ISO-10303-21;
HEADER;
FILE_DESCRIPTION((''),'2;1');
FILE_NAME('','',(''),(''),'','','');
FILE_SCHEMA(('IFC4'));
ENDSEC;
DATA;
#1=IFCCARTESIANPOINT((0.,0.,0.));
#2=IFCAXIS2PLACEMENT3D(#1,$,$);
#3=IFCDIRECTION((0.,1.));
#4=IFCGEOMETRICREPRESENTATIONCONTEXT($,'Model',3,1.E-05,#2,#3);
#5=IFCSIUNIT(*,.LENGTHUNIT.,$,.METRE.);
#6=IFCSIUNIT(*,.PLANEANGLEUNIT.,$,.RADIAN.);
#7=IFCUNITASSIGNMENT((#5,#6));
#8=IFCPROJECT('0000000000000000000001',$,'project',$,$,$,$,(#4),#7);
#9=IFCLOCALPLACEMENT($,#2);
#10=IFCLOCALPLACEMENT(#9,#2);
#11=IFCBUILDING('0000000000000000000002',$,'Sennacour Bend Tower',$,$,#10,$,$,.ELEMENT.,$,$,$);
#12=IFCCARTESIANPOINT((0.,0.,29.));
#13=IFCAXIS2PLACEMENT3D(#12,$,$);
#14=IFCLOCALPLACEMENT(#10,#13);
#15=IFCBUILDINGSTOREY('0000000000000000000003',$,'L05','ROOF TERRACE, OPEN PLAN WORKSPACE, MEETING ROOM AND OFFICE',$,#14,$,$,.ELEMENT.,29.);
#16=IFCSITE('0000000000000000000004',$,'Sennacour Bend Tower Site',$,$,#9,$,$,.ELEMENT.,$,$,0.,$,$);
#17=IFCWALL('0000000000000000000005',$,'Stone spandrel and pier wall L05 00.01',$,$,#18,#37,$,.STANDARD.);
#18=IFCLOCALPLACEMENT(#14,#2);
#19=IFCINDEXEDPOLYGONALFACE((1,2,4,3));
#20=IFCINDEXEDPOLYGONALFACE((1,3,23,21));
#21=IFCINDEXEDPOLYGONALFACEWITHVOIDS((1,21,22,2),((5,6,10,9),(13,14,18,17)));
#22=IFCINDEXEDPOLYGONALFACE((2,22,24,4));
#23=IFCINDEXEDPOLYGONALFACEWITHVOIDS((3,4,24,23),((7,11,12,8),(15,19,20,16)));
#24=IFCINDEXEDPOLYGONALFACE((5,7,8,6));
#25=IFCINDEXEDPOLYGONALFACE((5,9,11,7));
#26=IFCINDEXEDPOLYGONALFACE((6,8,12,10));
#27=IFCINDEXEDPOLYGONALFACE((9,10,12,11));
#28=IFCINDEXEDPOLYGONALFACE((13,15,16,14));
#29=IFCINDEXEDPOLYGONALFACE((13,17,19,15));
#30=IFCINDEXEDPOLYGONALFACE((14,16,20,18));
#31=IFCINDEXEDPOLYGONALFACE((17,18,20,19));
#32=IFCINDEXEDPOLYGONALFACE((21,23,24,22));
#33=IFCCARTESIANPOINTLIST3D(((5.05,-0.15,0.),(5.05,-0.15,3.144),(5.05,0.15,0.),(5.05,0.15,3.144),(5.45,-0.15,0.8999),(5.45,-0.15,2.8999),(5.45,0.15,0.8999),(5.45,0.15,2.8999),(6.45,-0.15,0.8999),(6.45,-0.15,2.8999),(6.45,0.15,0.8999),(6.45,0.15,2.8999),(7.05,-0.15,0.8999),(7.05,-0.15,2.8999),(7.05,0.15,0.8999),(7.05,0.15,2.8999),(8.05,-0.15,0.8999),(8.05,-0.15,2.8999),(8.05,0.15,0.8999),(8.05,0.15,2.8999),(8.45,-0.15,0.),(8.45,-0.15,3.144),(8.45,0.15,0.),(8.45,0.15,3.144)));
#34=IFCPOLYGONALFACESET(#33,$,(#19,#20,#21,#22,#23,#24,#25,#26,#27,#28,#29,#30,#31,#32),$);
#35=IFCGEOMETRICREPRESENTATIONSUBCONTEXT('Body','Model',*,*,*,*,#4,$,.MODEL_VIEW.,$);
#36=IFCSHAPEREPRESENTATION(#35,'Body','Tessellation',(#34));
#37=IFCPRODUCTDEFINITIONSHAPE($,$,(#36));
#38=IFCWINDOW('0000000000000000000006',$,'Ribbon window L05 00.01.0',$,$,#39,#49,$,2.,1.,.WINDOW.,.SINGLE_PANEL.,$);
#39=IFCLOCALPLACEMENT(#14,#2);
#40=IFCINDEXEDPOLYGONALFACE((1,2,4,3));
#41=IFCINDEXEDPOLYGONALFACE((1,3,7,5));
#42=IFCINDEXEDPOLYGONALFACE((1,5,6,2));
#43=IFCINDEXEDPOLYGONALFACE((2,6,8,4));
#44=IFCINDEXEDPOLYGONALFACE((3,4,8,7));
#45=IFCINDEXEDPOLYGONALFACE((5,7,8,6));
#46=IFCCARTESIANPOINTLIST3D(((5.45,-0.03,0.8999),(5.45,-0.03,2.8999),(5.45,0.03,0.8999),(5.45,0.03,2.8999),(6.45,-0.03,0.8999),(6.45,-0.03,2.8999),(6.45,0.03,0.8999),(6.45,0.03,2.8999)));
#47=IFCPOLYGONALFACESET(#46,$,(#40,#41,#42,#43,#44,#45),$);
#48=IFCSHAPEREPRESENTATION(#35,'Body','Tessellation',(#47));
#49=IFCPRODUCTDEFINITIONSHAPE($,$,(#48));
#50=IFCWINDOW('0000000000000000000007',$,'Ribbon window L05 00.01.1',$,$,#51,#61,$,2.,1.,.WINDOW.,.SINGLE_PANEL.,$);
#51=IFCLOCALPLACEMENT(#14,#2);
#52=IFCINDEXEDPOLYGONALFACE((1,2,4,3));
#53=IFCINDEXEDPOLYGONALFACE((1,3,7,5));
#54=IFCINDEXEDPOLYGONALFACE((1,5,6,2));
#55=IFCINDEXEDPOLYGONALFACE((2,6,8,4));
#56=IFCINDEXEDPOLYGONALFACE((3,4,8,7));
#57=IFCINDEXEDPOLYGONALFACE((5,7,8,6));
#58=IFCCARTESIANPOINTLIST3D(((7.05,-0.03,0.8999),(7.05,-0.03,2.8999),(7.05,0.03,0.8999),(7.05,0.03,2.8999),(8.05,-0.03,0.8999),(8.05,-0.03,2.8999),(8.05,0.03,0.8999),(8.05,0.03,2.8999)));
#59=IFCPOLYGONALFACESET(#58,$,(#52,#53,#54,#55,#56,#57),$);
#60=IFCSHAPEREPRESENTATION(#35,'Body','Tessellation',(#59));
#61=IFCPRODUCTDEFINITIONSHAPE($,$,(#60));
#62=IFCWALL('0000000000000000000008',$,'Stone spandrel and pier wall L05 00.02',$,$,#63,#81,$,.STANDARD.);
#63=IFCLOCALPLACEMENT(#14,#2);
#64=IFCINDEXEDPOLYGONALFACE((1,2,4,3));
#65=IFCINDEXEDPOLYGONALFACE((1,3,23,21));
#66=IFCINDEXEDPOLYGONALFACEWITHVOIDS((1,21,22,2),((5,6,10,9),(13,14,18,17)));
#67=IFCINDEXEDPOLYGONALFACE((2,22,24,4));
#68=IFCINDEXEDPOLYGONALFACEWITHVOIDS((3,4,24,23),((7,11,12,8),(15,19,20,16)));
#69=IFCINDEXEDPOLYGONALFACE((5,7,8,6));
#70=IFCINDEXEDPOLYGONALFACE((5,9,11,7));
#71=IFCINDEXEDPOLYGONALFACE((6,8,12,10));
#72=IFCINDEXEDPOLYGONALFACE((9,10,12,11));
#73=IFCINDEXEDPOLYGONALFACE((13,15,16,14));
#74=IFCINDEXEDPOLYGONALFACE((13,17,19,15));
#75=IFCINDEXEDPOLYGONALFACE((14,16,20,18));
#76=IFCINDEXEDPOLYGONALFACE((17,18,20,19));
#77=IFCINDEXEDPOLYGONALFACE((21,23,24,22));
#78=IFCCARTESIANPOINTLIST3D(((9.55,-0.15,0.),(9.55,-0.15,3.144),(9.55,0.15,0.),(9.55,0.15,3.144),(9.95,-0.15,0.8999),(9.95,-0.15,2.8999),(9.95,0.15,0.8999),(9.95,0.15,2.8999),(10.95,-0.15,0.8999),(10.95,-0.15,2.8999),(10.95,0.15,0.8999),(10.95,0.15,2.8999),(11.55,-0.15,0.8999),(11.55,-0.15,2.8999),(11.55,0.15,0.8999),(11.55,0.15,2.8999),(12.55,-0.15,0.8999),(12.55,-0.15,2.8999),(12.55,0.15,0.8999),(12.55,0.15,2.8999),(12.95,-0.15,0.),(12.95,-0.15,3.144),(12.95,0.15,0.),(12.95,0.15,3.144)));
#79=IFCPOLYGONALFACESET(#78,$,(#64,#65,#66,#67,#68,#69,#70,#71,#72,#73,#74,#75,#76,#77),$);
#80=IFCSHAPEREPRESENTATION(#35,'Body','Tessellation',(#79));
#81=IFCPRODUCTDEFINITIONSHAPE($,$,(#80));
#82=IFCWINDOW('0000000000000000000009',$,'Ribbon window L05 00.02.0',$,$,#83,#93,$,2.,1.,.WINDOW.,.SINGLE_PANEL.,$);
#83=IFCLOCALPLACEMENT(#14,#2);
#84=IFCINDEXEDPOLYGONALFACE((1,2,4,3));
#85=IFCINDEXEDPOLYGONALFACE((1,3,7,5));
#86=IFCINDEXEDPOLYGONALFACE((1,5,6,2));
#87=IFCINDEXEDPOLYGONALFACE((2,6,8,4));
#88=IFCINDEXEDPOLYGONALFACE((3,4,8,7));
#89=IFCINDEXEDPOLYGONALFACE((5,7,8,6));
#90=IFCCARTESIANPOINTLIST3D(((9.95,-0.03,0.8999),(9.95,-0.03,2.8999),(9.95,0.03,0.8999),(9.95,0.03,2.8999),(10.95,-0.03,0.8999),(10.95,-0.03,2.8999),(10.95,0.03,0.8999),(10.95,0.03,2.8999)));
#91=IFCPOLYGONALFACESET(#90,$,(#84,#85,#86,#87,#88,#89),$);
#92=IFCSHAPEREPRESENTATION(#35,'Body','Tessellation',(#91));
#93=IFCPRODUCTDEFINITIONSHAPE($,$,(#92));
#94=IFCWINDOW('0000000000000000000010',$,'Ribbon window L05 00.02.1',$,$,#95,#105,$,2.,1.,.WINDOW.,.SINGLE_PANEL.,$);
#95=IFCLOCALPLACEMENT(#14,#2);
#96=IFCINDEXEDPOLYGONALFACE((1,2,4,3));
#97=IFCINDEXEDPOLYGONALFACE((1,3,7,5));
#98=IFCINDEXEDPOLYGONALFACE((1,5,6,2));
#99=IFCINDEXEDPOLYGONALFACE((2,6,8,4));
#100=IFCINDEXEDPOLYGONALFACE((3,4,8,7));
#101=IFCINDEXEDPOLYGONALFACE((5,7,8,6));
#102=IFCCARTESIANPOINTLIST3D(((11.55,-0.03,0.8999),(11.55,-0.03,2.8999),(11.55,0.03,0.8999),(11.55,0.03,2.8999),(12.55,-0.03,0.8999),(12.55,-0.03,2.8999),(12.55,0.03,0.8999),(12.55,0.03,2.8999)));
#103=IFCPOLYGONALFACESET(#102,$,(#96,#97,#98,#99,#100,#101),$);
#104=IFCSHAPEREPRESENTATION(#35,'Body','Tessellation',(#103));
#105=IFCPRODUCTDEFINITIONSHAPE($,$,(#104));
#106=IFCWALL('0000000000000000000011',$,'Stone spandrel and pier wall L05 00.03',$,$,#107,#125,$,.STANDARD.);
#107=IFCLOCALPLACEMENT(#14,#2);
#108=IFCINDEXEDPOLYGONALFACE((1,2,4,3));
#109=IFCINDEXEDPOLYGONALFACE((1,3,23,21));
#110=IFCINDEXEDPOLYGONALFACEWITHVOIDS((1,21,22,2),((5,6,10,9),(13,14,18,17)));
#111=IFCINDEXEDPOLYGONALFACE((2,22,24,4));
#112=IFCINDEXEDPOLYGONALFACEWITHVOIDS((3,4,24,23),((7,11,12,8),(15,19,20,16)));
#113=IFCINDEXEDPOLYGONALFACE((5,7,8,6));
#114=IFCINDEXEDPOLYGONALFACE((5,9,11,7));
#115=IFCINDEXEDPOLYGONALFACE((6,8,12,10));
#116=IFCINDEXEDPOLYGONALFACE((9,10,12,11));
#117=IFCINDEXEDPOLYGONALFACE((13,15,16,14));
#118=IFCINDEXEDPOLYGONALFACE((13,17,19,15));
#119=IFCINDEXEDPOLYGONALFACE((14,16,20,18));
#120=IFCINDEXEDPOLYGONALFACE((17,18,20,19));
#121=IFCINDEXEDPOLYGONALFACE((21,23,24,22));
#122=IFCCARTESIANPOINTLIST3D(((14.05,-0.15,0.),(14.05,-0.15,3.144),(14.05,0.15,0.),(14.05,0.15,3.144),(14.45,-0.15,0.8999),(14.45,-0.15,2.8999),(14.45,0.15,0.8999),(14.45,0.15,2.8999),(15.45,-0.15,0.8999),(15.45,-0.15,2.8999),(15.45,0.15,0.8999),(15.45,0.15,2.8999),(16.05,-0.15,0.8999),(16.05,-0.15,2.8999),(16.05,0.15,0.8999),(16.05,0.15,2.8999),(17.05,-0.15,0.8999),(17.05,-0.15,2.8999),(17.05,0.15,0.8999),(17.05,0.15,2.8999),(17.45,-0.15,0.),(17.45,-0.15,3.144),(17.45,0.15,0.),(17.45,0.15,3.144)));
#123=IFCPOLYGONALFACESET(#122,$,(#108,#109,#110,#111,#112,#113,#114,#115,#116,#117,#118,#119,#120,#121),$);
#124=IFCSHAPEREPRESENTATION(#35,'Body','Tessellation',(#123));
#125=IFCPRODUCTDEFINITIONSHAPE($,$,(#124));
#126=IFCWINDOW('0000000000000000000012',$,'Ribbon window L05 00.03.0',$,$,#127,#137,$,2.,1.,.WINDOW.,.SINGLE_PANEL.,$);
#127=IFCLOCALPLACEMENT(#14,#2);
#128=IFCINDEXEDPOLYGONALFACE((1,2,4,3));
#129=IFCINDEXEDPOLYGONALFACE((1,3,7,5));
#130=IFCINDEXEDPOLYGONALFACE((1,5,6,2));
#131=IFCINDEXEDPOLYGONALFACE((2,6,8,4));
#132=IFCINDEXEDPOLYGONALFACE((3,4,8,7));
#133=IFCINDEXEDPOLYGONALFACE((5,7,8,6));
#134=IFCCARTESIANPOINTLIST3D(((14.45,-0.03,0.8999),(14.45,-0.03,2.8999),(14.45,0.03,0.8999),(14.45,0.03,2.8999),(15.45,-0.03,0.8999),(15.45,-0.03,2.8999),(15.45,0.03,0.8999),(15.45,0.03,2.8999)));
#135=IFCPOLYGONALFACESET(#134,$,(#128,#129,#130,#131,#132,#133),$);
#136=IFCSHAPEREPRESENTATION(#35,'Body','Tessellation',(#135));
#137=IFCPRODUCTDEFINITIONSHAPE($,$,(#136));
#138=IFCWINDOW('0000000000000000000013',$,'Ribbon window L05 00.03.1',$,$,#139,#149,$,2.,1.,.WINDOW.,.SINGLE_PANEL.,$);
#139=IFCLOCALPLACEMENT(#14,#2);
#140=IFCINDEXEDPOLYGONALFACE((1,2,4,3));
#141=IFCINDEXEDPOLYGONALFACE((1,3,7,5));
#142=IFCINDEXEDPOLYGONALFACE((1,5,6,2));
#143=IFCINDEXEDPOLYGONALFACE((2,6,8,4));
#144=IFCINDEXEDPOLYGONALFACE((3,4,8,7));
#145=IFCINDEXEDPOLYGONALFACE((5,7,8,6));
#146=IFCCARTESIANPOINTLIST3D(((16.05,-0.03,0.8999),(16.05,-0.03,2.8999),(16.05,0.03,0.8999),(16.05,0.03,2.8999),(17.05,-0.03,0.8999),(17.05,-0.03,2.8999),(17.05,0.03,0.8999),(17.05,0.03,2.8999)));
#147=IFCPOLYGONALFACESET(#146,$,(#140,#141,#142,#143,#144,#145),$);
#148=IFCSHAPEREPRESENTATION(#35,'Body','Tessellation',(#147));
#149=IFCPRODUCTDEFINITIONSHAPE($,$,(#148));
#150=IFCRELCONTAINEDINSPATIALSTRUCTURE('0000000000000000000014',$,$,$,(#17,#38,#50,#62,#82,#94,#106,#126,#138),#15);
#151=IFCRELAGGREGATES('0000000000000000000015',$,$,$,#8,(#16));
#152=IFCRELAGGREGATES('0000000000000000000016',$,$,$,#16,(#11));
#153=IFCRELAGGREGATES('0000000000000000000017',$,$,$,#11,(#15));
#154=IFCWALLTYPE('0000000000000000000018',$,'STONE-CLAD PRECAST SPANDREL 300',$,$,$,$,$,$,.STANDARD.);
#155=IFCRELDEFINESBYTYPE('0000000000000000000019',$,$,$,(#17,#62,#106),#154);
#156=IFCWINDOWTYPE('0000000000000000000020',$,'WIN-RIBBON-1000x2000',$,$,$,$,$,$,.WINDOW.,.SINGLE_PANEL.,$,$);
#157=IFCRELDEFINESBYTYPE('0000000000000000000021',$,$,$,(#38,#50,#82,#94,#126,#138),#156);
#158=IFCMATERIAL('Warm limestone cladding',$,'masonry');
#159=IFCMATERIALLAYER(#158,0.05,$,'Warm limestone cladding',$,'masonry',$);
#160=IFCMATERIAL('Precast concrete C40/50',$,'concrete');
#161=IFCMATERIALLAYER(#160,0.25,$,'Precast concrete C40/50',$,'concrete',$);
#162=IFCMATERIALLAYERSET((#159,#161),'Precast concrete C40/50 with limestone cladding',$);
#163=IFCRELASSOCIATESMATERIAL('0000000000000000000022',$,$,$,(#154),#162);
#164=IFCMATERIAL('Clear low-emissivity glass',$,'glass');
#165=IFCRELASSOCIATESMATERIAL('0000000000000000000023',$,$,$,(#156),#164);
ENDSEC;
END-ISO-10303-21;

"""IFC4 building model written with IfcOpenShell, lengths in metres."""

from ifc_helpers import new_model, si_unit, direction, frame, frame_2d, origin, place, context, subcontext, project, spatial, rectangle, extrude, material, layer, layer_set, type_object, element, fill, save


model = new_model("IFC4")

# Units and contexts
model_context = context("Model", 3, precision=1e-05, world=origin(), true_north=direction((0.0, 1.0)))
body_context = subcontext(model_context, "Body", "Model", "MODEL_VIEW")
ifc_project = project(units=[si_unit("LENGTHUNIT", "METRE"), si_unit("PLANEANGLEUNIT", "RADIAN")], contexts=[model_context])

# Site, building, storey
site_placement = place(None, origin())
site = spatial("IfcSite", under=ifc_project, at=site_placement, Name="Sennacour Bend Tower Site", CompositionType="ELEMENT", RefElevation=0.0)
building_placement = place(site_placement, origin())
building = spatial("IfcBuilding", under=site, at=building_placement, Name="Sennacour Bend Tower", CompositionType="ELEMENT")
storey_placement = place(building_placement, frame((0.0, 0.0, 29.0)))
storey = spatial("IfcBuildingStorey", under=building, at=storey_placement, Name="L05", Description="ROOF TERRACE, OPEN PLAN WORKSPACE, MEETING ROOM AND OFFICE", CompositionType="ELEMENT", Elevation=29.0)

# Walls, openings, windows
ifc_material_1 = material(Name="Warm limestone cladding", Category="masonry")
ifc_layer_1 = layer(ifc_material_1, 0.05, Name="Warm limestone cladding", Category="masonry")
ifc_material_2 = material(Name="Precast concrete C40/50", Category="concrete")
ifc_layer_2 = layer(ifc_material_2, 0.25, Name="Precast concrete C40/50", Category="concrete")
ifc_layer_set_1 = layer_set([ifc_layer_1, ifc_layer_2], Name="Precast concrete C40/50 with limestone cladding")
wall_type_1 = type_object("IfcWallType", Name="STONE-CLAD PRECAST SPANDREL 300", PredefinedType="STANDARD", material=ifc_layer_set_1)
wall_1_placement = place(storey_placement, frame((5.05, 0.0, 0.0), z_axis=(0.0, 0.0, 1.0), x_axis=(1.0, 0.0, 0.0)))
wall_1 = element("IfcWall", 1, at=wall_1_placement, inside=storey, type_object=wall_type_1, Name="Stone spandrel and pier wall L05 00.01", PredefinedType="STANDARD", context=body_context, shape_type="SweptSolid", body=[
    extrude(rectangle(XDim=3.3999, YDim=0.3, at=frame_2d((1.7, 0.0))), origin(), (0.0, 0.0, 1.0), 3.144),
])
opening_1_placement = place(wall_1_placement, frame((0.3999, 0.0, 0.8999)))
opening_1 = element("IfcOpeningElement", 2, at=opening_1_placement, cuts=wall_1, PredefinedType="OPENING", context=body_context, shape_type="SweptSolid", body=[
    extrude(rectangle(XDim=1.0, YDim=2.0, at=frame_2d((0.5, 1.0))), frame((0.0, 0.1602, 0.0), z_axis=(0.0, -1.0, 0.0), x_axis=(1.0, 0.0, 0.0)), (0.0, 0.0, 1.0), 0.3201),
])
opening_2_placement = place(wall_1_placement, frame((2.0, 0.0, 0.8999)))
opening_2 = element("IfcOpeningElement", 3, at=opening_2_placement, cuts=wall_1, PredefinedType="OPENING", context=body_context, shape_type="SweptSolid", body=[
    extrude(rectangle(XDim=1.0, YDim=2.0, at=frame_2d((0.5, 1.0))), frame((0.0, 0.1602, 0.0), z_axis=(0.0, -1.0, 0.0), x_axis=(1.0, 0.0, 0.0)), (0.0, 0.0, 1.0), 0.3201),
])
ifc_material_3 = material(Name="Clear low-emissivity glass", Category="glass")
window_type = type_object("IfcWindowType", Name="WIN-RIBBON-1000x2000", PartitioningType="SINGLE_PANEL", PredefinedType="WINDOW", material=ifc_material_3)
window_1_placement = place(opening_1_placement, origin())
window_1 = element("IfcWindow", 4, at=window_1_placement, inside=storey, type_object=window_type, Name="Ribbon window L05 00.01.0", OverallHeight=2.0, OverallWidth=1.0, PartitioningType="SINGLE_PANEL", PredefinedType="WINDOW", context=body_context, shape_type="SweptSolid", body=[
    extrude(rectangle(XDim=1.0, YDim=2.0, at=frame_2d((0.5, 1.0))), frame((0.0, 0.03, 0.0), z_axis=(0.0, -1.0, 0.0), x_axis=(1.0, 0.0, 0.0)), (0.0, 0.0, 1.0), 0.0601),
])
fill(opening_1, window_1)
window_2_placement = place(opening_2_placement, origin())
window_2 = element("IfcWindow", 5, at=window_2_placement, inside=storey, type_object=window_type, Name="Ribbon window L05 00.01.1", OverallHeight=2.0, OverallWidth=1.0, PartitioningType="SINGLE_PANEL", PredefinedType="WINDOW", context=body_context, shape_type="SweptSolid", body=[
    extrude(rectangle(XDim=1.0, YDim=2.0, at=frame_2d((0.5, 1.0))), frame((0.0, 0.03, 0.0), z_axis=(0.0, -1.0, 0.0), x_axis=(1.0, 0.0, 0.0)), (0.0, 0.0, 1.0), 0.0601),
])
fill(opening_2, window_2)
wall_2_placement = place(storey_placement, frame((9.55, 0.0, 0.0), z_axis=(0.0, 0.0, 1.0), x_axis=(1.0, 0.0, 0.0)))
wall_2 = element("IfcWall", 6, at=wall_2_placement, inside=storey, type_object=wall_type_1, Name="Stone spandrel and pier wall L05 00.02", PredefinedType="STANDARD", context=body_context, shape_type="SweptSolid", body=[
    extrude(rectangle(XDim=3.3999, YDim=0.3, at=frame_2d((1.7, 0.0))), origin(), (0.0, 0.0, 1.0), 3.144),
])
opening_3_placement = place(wall_2_placement, frame((0.3999, 0.0, 0.8999)))
opening_3 = element("IfcOpeningElement", 7, at=opening_3_placement, cuts=wall_2, PredefinedType="OPENING", context=body_context, shape_type="SweptSolid", body=[
    extrude(rectangle(XDim=1.0, YDim=2.0, at=frame_2d((0.5, 1.0))), frame((0.0, 0.1602, 0.0), z_axis=(0.0, -1.0, 0.0), x_axis=(1.0, 0.0, 0.0)), (0.0, 0.0, 1.0), 0.3201),
])
opening_4_placement = place(wall_2_placement, frame((2.0, 0.0, 0.8999)))
opening_4 = element("IfcOpeningElement", 8, at=opening_4_placement, cuts=wall_2, PredefinedType="OPENING", context=body_context, shape_type="SweptSolid", body=[
    extrude(rectangle(XDim=1.0, YDim=2.0, at=frame_2d((0.5, 1.0))), frame((0.0, 0.1602, 0.0), z_axis=(0.0, -1.0, 0.0), x_axis=(1.0, 0.0, 0.0)), (0.0, 0.0, 1.0), 0.3201),
])
window_3_placement = place(opening_3_placement, origin())
window_3 = element("IfcWindow", 9, at=window_3_placement, inside=storey, type_object=window_type, Name="Ribbon window L05 00.02.0", OverallHeight=2.0, OverallWidth=1.0, PartitioningType="SINGLE_PANEL", PredefinedType="WINDOW", context=body_context, shape_type="SweptSolid", body=[
    extrude(rectangle(XDim=1.0, YDim=2.0, at=frame_2d((0.5, 1.0))), frame((0.0, 0.03, 0.0), z_axis=(0.0, -1.0, 0.0), x_axis=(1.0, 0.0, 0.0)), (0.0, 0.0, 1.0), 0.0601),
])
fill(opening_3, window_3)
window_4_placement = place(opening_4_placement, origin())
window_4 = element("IfcWindow", 10, at=window_4_placement, inside=storey, type_object=window_type, Name="Ribbon window L05 00.02.1", OverallHeight=2.0, OverallWidth=1.0, PartitioningType="SINGLE_PANEL", PredefinedType="WINDOW", context=body_context, shape_type="SweptSolid", body=[
    extrude(rectangle(XDim=1.0, YDim=2.0, at=frame_2d((0.5, 1.0))), frame((0.0, 0.03, 0.0), z_axis=(0.0, -1.0, 0.0), x_axis=(1.0, 0.0, 0.0)), (0.0, 0.0, 1.0), 0.0601),
])
fill(opening_4, window_4)
wall_3_placement = place(storey_placement, frame((14.05, 0.0, 0.0), z_axis=(0.0, 0.0, 1.0), x_axis=(1.0, 0.0, 0.0)))
wall_3 = element("IfcWall", 11, at=wall_3_placement, inside=storey, type_object=wall_type_1, Name="Stone spandrel and pier wall L05 00.03", PredefinedType="STANDARD", context=body_context, shape_type="SweptSolid", body=[
    extrude(rectangle(XDim=3.3999, YDim=0.3, at=frame_2d((1.7, 0.0))), origin(), (0.0, 0.0, 1.0), 3.144),
])
opening_5_placement = place(wall_3_placement, frame((0.3999, 0.0, 0.8999)))
opening_5 = element("IfcOpeningElement", 12, at=opening_5_placement, cuts=wall_3, PredefinedType="OPENING", context=body_context, shape_type="SweptSolid", body=[
    extrude(rectangle(XDim=1.0, YDim=2.0, at=frame_2d((0.5, 1.0))), frame((0.0, 0.1602, 0.0), z_axis=(0.0, -1.0, 0.0), x_axis=(1.0, 0.0, 0.0)), (0.0, 0.0, 1.0), 0.3201),
])
opening_6_placement = place(wall_3_placement, frame((2.0, 0.0, 0.8999)))
opening_6 = element("IfcOpeningElement", 13, at=opening_6_placement, cuts=wall_3, PredefinedType="OPENING", context=body_context, shape_type="SweptSolid", body=[
    extrude(rectangle(XDim=1.0, YDim=2.0, at=frame_2d((0.5, 1.0))), frame((0.0, 0.1602, 0.0), z_axis=(0.0, -1.0, 0.0), x_axis=(1.0, 0.0, 0.0)), (0.0, 0.0, 1.0), 0.3201),
])
window_5_placement = place(opening_5_placement, origin())
window_5 = element("IfcWindow", 14, at=window_5_placement, inside=storey, type_object=window_type, Name="Ribbon window L05 00.03.0", OverallHeight=2.0, OverallWidth=1.0, PartitioningType="SINGLE_PANEL", PredefinedType="WINDOW", context=body_context, shape_type="SweptSolid", body=[
    extrude(rectangle(XDim=1.0, YDim=2.0, at=frame_2d((0.5, 1.0))), frame((0.0, 0.03, 0.0), z_axis=(0.0, -1.0, 0.0), x_axis=(1.0, 0.0, 0.0)), (0.0, 0.0, 1.0), 0.0601),
])
fill(opening_5, window_5)
window_6_placement = place(opening_6_placement, origin())
window_6 = element("IfcWindow", 15, at=window_6_placement, inside=storey, type_object=window_type, Name="Ribbon window L05 00.03.1", OverallHeight=2.0, OverallWidth=1.0, PartitioningType="SINGLE_PANEL", PredefinedType="WINDOW", context=body_context, shape_type="SweptSolid", body=[
    extrude(rectangle(XDim=1.0, YDim=2.0, at=frame_2d((0.5, 1.0))), frame((0.0, 0.03, 0.0), z_axis=(0.0, -1.0, 0.0), x_axis=(1.0, 0.0, 0.0)), (0.0, 0.0, 1.0), 0.0601),
])
fill(opening_6, window_6)

save(model, "model.ifc")
